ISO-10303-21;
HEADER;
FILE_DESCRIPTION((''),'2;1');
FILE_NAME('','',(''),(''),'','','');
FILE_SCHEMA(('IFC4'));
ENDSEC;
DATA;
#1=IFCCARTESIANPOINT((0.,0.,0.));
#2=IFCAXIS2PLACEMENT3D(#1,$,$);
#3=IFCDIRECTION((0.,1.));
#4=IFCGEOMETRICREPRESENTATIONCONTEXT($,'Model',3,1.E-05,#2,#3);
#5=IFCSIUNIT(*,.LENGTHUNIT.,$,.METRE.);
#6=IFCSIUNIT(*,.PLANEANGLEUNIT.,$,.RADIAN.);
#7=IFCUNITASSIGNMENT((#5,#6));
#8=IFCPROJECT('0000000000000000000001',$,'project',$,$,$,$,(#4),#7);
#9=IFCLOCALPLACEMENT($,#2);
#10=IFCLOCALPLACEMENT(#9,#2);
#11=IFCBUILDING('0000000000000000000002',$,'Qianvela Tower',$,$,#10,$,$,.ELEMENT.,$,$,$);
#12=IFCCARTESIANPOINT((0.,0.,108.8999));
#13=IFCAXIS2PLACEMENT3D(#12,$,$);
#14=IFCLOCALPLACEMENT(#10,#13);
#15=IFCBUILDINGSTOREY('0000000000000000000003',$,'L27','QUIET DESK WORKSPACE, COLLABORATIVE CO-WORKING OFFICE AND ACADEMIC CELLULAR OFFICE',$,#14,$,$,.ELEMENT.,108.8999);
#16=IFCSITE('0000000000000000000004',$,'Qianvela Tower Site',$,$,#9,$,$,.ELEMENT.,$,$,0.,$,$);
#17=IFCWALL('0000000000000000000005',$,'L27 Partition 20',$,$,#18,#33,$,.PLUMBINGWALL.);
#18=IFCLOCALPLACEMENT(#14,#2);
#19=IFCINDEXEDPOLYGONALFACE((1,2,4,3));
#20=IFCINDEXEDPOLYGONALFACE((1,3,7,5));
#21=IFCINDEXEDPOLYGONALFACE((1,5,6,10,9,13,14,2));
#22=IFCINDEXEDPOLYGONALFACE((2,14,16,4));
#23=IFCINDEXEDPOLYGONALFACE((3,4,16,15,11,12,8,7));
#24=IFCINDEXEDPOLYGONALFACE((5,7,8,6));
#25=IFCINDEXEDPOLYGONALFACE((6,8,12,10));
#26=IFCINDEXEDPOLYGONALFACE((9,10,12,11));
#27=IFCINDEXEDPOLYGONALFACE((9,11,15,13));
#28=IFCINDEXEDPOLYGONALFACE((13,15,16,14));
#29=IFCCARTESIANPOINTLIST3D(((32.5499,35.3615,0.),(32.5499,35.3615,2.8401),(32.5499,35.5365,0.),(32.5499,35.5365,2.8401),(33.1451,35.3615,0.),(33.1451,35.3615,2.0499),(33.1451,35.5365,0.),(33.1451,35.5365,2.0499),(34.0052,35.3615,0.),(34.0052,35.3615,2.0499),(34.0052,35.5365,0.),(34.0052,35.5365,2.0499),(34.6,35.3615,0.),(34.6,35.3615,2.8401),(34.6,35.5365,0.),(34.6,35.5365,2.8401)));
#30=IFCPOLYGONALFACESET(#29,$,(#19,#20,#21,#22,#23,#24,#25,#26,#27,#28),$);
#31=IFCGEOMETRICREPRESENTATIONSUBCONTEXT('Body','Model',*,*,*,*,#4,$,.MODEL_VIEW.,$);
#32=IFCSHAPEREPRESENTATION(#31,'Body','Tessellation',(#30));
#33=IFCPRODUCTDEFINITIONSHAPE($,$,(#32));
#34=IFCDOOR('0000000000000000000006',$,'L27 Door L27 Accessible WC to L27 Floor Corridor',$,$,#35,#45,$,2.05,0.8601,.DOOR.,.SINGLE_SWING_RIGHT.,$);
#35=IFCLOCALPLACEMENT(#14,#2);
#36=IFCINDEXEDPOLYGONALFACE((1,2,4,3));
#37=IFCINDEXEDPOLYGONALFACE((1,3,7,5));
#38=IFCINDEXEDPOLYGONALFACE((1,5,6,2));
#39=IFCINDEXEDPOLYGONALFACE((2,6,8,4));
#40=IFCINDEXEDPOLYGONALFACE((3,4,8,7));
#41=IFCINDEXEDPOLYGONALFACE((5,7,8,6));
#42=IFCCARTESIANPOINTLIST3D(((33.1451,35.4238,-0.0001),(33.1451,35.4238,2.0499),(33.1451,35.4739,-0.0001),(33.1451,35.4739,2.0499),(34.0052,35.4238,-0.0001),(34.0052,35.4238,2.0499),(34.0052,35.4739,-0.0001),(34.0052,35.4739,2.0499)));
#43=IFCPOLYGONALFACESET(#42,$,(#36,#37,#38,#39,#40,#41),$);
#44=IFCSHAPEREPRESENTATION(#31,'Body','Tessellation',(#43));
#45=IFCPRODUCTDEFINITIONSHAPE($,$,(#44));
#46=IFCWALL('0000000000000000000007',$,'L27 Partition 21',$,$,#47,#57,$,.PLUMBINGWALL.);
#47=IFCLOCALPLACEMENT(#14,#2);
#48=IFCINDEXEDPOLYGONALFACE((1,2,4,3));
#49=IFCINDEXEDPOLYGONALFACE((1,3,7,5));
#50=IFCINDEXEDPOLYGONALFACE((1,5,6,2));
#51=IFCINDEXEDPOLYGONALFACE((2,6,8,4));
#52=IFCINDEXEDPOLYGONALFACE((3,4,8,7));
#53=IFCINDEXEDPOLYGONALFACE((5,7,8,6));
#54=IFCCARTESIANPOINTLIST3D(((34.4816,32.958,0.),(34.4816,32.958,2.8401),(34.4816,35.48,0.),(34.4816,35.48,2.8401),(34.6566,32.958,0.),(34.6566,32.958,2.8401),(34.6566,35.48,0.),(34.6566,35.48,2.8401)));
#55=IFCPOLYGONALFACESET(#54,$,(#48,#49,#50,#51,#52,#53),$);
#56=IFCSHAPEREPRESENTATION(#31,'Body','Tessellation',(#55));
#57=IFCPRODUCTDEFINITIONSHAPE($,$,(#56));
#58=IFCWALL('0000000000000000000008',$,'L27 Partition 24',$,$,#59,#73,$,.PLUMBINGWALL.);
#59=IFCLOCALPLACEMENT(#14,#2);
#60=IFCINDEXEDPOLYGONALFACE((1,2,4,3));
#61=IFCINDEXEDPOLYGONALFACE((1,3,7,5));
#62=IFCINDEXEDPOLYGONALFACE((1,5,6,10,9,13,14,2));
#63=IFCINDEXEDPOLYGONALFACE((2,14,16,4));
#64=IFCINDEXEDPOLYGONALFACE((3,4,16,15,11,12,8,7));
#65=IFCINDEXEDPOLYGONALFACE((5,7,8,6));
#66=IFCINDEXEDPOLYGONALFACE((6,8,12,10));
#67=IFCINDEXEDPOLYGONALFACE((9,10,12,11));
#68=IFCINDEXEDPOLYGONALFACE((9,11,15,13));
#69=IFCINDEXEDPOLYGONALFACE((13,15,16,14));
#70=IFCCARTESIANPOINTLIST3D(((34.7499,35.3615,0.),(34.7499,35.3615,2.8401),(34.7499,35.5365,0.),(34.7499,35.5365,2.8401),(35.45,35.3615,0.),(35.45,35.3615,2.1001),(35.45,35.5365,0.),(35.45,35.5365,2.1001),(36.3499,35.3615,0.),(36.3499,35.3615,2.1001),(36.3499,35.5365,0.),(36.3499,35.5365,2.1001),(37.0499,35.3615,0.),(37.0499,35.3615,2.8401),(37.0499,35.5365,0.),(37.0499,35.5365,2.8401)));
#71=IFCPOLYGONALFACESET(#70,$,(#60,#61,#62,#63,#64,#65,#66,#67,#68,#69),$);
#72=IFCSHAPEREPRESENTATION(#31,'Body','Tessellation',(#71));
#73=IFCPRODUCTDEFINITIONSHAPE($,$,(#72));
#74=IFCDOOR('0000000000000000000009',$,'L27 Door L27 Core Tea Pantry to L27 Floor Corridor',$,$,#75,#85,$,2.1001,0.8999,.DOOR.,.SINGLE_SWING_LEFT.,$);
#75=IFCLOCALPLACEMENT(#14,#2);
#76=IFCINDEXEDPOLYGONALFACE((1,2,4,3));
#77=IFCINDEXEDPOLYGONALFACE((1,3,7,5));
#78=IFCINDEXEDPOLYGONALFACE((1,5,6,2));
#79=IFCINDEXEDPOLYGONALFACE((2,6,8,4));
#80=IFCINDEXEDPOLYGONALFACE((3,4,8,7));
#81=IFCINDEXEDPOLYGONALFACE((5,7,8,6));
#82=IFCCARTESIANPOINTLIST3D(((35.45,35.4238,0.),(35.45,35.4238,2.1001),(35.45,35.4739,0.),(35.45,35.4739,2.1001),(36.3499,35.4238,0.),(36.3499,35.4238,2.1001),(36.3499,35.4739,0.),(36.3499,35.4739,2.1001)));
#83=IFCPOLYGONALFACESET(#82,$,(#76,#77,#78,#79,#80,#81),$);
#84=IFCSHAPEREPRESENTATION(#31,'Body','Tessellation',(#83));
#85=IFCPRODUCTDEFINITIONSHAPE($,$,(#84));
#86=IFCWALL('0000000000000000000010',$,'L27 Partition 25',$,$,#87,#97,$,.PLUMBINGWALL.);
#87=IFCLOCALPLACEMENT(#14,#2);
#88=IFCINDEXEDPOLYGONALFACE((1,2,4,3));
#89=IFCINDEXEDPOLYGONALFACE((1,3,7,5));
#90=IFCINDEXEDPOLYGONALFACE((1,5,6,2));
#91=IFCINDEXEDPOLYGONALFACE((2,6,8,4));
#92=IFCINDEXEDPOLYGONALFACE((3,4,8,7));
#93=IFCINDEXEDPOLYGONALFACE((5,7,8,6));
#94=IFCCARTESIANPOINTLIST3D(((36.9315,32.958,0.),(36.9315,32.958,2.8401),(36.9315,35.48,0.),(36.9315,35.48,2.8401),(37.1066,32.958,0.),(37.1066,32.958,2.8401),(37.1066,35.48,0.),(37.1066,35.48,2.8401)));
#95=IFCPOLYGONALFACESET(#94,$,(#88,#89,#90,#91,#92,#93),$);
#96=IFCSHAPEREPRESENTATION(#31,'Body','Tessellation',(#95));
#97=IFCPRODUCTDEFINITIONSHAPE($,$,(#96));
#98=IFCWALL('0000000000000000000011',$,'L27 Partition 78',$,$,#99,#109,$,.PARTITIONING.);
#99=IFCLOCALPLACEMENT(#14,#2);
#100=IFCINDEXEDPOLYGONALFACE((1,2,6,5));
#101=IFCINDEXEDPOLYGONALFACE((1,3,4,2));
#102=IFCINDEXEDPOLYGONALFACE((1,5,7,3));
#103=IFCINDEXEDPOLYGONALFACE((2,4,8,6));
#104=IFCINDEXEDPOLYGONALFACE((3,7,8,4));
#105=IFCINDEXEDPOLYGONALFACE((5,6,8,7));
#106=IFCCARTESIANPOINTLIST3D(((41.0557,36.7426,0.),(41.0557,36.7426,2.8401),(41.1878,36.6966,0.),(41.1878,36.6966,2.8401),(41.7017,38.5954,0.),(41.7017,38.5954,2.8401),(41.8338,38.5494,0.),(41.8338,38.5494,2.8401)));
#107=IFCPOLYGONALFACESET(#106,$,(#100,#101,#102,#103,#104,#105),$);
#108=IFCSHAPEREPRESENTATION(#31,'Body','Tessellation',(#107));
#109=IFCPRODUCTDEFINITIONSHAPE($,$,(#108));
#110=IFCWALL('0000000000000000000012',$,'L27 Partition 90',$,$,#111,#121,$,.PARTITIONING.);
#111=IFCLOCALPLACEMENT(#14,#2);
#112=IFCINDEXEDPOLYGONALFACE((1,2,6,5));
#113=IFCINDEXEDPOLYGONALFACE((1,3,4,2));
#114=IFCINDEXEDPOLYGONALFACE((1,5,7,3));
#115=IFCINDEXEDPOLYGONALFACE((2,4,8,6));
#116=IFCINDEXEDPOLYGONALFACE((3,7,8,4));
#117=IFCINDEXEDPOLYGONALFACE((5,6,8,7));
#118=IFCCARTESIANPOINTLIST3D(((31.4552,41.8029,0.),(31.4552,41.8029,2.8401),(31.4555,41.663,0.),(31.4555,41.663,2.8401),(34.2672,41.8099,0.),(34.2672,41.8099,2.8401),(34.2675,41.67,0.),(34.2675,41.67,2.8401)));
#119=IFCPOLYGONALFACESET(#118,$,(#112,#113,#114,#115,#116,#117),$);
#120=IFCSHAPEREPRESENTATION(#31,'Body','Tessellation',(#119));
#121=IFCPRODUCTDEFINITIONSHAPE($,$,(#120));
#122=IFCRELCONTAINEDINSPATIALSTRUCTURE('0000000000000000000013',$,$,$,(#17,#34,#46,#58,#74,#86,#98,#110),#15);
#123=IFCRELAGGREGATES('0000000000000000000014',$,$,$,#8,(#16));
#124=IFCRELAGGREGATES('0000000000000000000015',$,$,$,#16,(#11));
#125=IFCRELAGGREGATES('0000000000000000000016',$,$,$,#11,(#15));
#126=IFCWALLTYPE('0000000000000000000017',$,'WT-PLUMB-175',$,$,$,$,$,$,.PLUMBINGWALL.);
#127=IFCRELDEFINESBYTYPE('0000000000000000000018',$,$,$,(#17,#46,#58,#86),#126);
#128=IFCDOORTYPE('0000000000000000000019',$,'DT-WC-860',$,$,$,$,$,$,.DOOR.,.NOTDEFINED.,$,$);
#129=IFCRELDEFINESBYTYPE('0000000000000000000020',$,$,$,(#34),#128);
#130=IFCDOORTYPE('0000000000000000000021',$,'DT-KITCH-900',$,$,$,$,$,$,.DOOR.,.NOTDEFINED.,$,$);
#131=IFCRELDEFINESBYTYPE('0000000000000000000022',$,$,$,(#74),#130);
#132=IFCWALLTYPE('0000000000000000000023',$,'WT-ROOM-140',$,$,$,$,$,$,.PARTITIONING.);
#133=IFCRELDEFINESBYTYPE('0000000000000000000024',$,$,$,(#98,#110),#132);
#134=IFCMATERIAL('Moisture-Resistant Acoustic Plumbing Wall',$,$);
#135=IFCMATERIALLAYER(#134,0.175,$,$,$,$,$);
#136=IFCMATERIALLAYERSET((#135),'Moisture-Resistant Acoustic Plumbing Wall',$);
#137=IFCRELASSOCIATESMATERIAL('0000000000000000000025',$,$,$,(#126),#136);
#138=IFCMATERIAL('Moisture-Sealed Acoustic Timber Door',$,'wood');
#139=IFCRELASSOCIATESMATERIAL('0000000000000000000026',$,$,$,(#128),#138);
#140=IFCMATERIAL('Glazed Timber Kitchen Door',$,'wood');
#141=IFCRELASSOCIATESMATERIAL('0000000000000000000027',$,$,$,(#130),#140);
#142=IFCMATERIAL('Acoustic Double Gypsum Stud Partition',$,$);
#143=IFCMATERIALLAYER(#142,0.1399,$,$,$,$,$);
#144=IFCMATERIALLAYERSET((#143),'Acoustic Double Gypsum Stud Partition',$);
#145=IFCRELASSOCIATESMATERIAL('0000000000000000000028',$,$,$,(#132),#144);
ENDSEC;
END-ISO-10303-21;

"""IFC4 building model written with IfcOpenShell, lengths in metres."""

from ifc_helpers import new_model, si_unit, direction, frame, frame_2d, origin, place, context, subcontext, project, spatial, rectangle, extrude, material, layer, layer_set, type_object, element, fill, save


model = new_model("IFC4")

# Units and contexts
model_context = context("Model", 3, precision=1e-05, world=origin(), true_north=direction((0.0, 1.0)))
body_context = subcontext(model_context, "Body", "Model", "MODEL_VIEW")
ifc_project = project(units=[si_unit("LENGTHUNIT", "METRE"), si_unit("PLANEANGLEUNIT", "RADIAN")], contexts=[model_context])

# Site, building, storey
site_placement = place(None, origin())
site = spatial("IfcSite", under=ifc_project, at=site_placement, Name="Qianvela Tower Site", CompositionType="ELEMENT", RefElevation=0.0)
building_placement = place(site_placement, origin())
building = spatial("IfcBuilding", under=site, at=building_placement, Name="Qianvela Tower", CompositionType="ELEMENT")
storey_placement = place(building_placement, frame((0.0, 0.0, 108.8999)))
storey = spatial("IfcBuildingStorey", under=building, at=storey_placement, Name="L27", Description="QUIET DESK WORKSPACE, COLLABORATIVE CO-WORKING OFFICE AND ACADEMIC CELLULAR OFFICE", CompositionType="ELEMENT", Elevation=108.8999)

# Wall, opening, door
ifc_material_1 = material(Name="Moisture-Resistant Acoustic Plumbing Wall")
ifc_layer_1 = layer(ifc_material_1, 0.175)
ifc_layer_set_1 = layer_set([ifc_layer_1], Name="Moisture-Resistant Acoustic Plumbing Wall")
wall_type_1 = type_object("IfcWallType", Name="WT-PLUMB-175", PredefinedType="PLUMBINGWALL", material=ifc_layer_set_1)
wall_1_placement = place(storey_placement, frame((32.55, 35.449, 0.0), z_axis=(0.0, 0.0, 1.0), x_axis=(1.0, 0.0, 0.0)))
wall_1 = element("IfcWall", 1, at=wall_1_placement, inside=storey, type_object=wall_type_1, Name="L27 Partition 20", PredefinedType="PLUMBINGWALL", context=body_context, shape_type="SweptSolid", body=[
    extrude(rectangle(XDim=2.05, YDim=0.175, at=frame_2d((1.0249, 0.0))), origin(), (0.0, 0.0, 1.0), 2.8401),
])
opening_1_placement = place(wall_1_placement, frame((0.595, 0.0, 0.0)))
opening_1 = element("IfcOpeningElement", 2, at=opening_1_placement, cuts=wall_1, PredefinedType="OPENING", context=body_context, shape_type="SweptSolid", body=[
    extrude(rectangle(XDim=0.8601, YDim=2.05, at=frame_2d((0.4302, 1.0249))), frame((0.0, 0.0974, 0.0), z_axis=(0.0, -1.0, 0.0), x_axis=(1.0, 0.0, 0.0)), (0.0, 0.0, 1.0), 0.1951),
])
ifc_material_2 = material(Name="Moisture-Sealed Acoustic Timber Door", Category="wood")
door_type_1 = type_object("IfcDoorType", Name="DT-WC-860", OperationType="NOTDEFINED", PredefinedType="DOOR", material=ifc_material_2)
door_1_placement = place(opening_1_placement, origin())
door_1 = element("IfcDoor", 3, at=door_1_placement, inside=storey, type_object=door_type_1, Name="L27 Door L27 Accessible WC to L27 Floor Corridor", OperationType="SINGLE_SWING_RIGHT", OverallHeight=2.05, OverallWidth=0.8601, PredefinedType="DOOR", context=body_context, shape_type="SweptSolid", body=[
    extrude(rectangle(XDim=0.8601, YDim=2.05, at=frame_2d((0.4302, 1.0249))), frame((0.0, 0.0249, 0.0), z_axis=(0.0, -1.0, 0.0), x_axis=(1.0, 0.0, 0.0)), (0.0, 0.0, 1.0), 0.05),
])
fill(opening_1, door_1)

# Wall
wall_2_placement = place(storey_placement, frame((34.5691, 35.48, 0.0), z_axis=(0.0, 0.0, 1.0), x_axis=(0.0, -1.0, 0.0)))
element("IfcWall", 4, at=wall_2_placement, inside=storey, type_object=wall_type_1, Name="L27 Partition 21", PredefinedType="PLUMBINGWALL", context=body_context, shape_type="SweptSolid", body=[
    extrude(rectangle(XDim=2.522, YDim=0.175, at=frame_2d((1.261, 0.0))), origin(), (0.0, 0.0, 1.0), 2.8401),
])

# Wall, opening, door
wall_3_placement = place(storey_placement, frame((34.75, 35.449, 0.0), z_axis=(0.0, 0.0, 1.0), x_axis=(1.0, 0.0, 0.0)))
wall_3 = element("IfcWall", 5, at=wall_3_placement, inside=storey, type_object=wall_type_1, Name="L27 Partition 24", PredefinedType="PLUMBINGWALL", context=body_context, shape_type="SweptSolid", body=[
    extrude(rectangle(XDim=2.3, YDim=0.175, at=frame_2d((1.1499, 0.0))), origin(), (0.0, 0.0, 1.0), 2.8401),
])
opening_2_placement = place(wall_3_placement, frame((0.7, 0.0, 0.0)))
opening_2 = element("IfcOpeningElement", 6, at=opening_2_placement, cuts=wall_3, PredefinedType="OPENING", context=body_context, shape_type="SweptSolid", body=[
    extrude(rectangle(XDim=0.8999, YDim=2.1001, at=frame_2d((0.45, 1.05))), frame((0.0, 0.0974, 0.0), z_axis=(0.0, -1.0, 0.0), x_axis=(1.0, 0.0, 0.0)), (0.0, 0.0, 1.0), 0.1951),
])
ifc_material_3 = material(Name="Glazed Timber Kitchen Door", Category="wood")
door_type_2 = type_object("IfcDoorType", Name="DT-KITCH-900", OperationType="NOTDEFINED", PredefinedType="DOOR", material=ifc_material_3)
door_2_placement = place(opening_2_placement, origin())
door_2 = element("IfcDoor", 7, at=door_2_placement, inside=storey, type_object=door_type_2, Name="L27 Door L27 Core Tea Pantry to L27 Floor Corridor", OperationType="SINGLE_SWING_LEFT", OverallHeight=2.1001, OverallWidth=0.8999, PredefinedType="DOOR", context=body_context, shape_type="SweptSolid", body=[
    extrude(rectangle(XDim=0.8999, YDim=2.1001, at=frame_2d((0.45, 1.05))), frame((0.0, 0.0249, 0.0), z_axis=(0.0, -1.0, 0.0), x_axis=(1.0, 0.0, 0.0)), (0.0, 0.0, 1.0), 0.05),
])
fill(opening_2, door_2)

# Walls
wall_4_placement = place(storey_placement, frame((37.019, 35.48, 0.0), z_axis=(0.0, 0.0, 1.0), x_axis=(0.0, -1.0, 0.0)))
element("IfcWall", 8, at=wall_4_placement, inside=storey, type_object=wall_type_1, Name="L27 Partition 25", PredefinedType="PLUMBINGWALL", context=body_context, shape_type="SweptSolid", body=[
    extrude(rectangle(XDim=2.522, YDim=0.175, at=frame_2d((1.261, 0.0))), origin(), (0.0, 0.0, 1.0), 2.8401),
])
ifc_material_4 = material(Name="Acoustic Double Gypsum Stud Partition")
ifc_layer_2 = layer(ifc_material_4, 0.1399)
ifc_layer_set_2 = layer_set([ifc_layer_2], Name="Acoustic Double Gypsum Stud Partition")
wall_type_2 = type_object("IfcWallType", Name="WT-ROOM-140", PredefinedType="PARTITIONING", material=ifc_layer_set_2)
wall_5_placement = place(storey_placement, frame((41.1218, 36.7197, 0.0), z_axis=(0.0, 0.0, 1.0), x_axis=(0.329225, 0.944251, 0.0)))
element("IfcWall", 9, at=wall_5_placement, inside=storey, type_object=wall_type_2, Name="L27 Partition 78", PredefinedType="PARTITIONING", context=body_context, shape_type="SweptSolid", body=[
    extrude(rectangle(XDim=1.9622, YDim=0.1399, at=frame_2d((0.981, 0.0))), origin(), (0.0, 0.0, 1.0), 2.8401),
])
wall_6_placement = place(storey_placement, frame((34.2673, 41.74, 0.0), z_axis=(0.0, 0.0, 1.0), x_axis=(-0.999997, -0.002518, 0.0)))
element("IfcWall", 10, at=wall_6_placement, inside=storey, type_object=wall_type_2, Name="L27 Partition 90", PredefinedType="PARTITIONING", context=body_context, shape_type="SweptSolid", body=[
    extrude(rectangle(XDim=2.812, YDim=0.1399, at=frame_2d((1.406, 0.0))), origin(), (0.0, 0.0, 1.0), 2.8401),
])

save(model, "model.ifc")
